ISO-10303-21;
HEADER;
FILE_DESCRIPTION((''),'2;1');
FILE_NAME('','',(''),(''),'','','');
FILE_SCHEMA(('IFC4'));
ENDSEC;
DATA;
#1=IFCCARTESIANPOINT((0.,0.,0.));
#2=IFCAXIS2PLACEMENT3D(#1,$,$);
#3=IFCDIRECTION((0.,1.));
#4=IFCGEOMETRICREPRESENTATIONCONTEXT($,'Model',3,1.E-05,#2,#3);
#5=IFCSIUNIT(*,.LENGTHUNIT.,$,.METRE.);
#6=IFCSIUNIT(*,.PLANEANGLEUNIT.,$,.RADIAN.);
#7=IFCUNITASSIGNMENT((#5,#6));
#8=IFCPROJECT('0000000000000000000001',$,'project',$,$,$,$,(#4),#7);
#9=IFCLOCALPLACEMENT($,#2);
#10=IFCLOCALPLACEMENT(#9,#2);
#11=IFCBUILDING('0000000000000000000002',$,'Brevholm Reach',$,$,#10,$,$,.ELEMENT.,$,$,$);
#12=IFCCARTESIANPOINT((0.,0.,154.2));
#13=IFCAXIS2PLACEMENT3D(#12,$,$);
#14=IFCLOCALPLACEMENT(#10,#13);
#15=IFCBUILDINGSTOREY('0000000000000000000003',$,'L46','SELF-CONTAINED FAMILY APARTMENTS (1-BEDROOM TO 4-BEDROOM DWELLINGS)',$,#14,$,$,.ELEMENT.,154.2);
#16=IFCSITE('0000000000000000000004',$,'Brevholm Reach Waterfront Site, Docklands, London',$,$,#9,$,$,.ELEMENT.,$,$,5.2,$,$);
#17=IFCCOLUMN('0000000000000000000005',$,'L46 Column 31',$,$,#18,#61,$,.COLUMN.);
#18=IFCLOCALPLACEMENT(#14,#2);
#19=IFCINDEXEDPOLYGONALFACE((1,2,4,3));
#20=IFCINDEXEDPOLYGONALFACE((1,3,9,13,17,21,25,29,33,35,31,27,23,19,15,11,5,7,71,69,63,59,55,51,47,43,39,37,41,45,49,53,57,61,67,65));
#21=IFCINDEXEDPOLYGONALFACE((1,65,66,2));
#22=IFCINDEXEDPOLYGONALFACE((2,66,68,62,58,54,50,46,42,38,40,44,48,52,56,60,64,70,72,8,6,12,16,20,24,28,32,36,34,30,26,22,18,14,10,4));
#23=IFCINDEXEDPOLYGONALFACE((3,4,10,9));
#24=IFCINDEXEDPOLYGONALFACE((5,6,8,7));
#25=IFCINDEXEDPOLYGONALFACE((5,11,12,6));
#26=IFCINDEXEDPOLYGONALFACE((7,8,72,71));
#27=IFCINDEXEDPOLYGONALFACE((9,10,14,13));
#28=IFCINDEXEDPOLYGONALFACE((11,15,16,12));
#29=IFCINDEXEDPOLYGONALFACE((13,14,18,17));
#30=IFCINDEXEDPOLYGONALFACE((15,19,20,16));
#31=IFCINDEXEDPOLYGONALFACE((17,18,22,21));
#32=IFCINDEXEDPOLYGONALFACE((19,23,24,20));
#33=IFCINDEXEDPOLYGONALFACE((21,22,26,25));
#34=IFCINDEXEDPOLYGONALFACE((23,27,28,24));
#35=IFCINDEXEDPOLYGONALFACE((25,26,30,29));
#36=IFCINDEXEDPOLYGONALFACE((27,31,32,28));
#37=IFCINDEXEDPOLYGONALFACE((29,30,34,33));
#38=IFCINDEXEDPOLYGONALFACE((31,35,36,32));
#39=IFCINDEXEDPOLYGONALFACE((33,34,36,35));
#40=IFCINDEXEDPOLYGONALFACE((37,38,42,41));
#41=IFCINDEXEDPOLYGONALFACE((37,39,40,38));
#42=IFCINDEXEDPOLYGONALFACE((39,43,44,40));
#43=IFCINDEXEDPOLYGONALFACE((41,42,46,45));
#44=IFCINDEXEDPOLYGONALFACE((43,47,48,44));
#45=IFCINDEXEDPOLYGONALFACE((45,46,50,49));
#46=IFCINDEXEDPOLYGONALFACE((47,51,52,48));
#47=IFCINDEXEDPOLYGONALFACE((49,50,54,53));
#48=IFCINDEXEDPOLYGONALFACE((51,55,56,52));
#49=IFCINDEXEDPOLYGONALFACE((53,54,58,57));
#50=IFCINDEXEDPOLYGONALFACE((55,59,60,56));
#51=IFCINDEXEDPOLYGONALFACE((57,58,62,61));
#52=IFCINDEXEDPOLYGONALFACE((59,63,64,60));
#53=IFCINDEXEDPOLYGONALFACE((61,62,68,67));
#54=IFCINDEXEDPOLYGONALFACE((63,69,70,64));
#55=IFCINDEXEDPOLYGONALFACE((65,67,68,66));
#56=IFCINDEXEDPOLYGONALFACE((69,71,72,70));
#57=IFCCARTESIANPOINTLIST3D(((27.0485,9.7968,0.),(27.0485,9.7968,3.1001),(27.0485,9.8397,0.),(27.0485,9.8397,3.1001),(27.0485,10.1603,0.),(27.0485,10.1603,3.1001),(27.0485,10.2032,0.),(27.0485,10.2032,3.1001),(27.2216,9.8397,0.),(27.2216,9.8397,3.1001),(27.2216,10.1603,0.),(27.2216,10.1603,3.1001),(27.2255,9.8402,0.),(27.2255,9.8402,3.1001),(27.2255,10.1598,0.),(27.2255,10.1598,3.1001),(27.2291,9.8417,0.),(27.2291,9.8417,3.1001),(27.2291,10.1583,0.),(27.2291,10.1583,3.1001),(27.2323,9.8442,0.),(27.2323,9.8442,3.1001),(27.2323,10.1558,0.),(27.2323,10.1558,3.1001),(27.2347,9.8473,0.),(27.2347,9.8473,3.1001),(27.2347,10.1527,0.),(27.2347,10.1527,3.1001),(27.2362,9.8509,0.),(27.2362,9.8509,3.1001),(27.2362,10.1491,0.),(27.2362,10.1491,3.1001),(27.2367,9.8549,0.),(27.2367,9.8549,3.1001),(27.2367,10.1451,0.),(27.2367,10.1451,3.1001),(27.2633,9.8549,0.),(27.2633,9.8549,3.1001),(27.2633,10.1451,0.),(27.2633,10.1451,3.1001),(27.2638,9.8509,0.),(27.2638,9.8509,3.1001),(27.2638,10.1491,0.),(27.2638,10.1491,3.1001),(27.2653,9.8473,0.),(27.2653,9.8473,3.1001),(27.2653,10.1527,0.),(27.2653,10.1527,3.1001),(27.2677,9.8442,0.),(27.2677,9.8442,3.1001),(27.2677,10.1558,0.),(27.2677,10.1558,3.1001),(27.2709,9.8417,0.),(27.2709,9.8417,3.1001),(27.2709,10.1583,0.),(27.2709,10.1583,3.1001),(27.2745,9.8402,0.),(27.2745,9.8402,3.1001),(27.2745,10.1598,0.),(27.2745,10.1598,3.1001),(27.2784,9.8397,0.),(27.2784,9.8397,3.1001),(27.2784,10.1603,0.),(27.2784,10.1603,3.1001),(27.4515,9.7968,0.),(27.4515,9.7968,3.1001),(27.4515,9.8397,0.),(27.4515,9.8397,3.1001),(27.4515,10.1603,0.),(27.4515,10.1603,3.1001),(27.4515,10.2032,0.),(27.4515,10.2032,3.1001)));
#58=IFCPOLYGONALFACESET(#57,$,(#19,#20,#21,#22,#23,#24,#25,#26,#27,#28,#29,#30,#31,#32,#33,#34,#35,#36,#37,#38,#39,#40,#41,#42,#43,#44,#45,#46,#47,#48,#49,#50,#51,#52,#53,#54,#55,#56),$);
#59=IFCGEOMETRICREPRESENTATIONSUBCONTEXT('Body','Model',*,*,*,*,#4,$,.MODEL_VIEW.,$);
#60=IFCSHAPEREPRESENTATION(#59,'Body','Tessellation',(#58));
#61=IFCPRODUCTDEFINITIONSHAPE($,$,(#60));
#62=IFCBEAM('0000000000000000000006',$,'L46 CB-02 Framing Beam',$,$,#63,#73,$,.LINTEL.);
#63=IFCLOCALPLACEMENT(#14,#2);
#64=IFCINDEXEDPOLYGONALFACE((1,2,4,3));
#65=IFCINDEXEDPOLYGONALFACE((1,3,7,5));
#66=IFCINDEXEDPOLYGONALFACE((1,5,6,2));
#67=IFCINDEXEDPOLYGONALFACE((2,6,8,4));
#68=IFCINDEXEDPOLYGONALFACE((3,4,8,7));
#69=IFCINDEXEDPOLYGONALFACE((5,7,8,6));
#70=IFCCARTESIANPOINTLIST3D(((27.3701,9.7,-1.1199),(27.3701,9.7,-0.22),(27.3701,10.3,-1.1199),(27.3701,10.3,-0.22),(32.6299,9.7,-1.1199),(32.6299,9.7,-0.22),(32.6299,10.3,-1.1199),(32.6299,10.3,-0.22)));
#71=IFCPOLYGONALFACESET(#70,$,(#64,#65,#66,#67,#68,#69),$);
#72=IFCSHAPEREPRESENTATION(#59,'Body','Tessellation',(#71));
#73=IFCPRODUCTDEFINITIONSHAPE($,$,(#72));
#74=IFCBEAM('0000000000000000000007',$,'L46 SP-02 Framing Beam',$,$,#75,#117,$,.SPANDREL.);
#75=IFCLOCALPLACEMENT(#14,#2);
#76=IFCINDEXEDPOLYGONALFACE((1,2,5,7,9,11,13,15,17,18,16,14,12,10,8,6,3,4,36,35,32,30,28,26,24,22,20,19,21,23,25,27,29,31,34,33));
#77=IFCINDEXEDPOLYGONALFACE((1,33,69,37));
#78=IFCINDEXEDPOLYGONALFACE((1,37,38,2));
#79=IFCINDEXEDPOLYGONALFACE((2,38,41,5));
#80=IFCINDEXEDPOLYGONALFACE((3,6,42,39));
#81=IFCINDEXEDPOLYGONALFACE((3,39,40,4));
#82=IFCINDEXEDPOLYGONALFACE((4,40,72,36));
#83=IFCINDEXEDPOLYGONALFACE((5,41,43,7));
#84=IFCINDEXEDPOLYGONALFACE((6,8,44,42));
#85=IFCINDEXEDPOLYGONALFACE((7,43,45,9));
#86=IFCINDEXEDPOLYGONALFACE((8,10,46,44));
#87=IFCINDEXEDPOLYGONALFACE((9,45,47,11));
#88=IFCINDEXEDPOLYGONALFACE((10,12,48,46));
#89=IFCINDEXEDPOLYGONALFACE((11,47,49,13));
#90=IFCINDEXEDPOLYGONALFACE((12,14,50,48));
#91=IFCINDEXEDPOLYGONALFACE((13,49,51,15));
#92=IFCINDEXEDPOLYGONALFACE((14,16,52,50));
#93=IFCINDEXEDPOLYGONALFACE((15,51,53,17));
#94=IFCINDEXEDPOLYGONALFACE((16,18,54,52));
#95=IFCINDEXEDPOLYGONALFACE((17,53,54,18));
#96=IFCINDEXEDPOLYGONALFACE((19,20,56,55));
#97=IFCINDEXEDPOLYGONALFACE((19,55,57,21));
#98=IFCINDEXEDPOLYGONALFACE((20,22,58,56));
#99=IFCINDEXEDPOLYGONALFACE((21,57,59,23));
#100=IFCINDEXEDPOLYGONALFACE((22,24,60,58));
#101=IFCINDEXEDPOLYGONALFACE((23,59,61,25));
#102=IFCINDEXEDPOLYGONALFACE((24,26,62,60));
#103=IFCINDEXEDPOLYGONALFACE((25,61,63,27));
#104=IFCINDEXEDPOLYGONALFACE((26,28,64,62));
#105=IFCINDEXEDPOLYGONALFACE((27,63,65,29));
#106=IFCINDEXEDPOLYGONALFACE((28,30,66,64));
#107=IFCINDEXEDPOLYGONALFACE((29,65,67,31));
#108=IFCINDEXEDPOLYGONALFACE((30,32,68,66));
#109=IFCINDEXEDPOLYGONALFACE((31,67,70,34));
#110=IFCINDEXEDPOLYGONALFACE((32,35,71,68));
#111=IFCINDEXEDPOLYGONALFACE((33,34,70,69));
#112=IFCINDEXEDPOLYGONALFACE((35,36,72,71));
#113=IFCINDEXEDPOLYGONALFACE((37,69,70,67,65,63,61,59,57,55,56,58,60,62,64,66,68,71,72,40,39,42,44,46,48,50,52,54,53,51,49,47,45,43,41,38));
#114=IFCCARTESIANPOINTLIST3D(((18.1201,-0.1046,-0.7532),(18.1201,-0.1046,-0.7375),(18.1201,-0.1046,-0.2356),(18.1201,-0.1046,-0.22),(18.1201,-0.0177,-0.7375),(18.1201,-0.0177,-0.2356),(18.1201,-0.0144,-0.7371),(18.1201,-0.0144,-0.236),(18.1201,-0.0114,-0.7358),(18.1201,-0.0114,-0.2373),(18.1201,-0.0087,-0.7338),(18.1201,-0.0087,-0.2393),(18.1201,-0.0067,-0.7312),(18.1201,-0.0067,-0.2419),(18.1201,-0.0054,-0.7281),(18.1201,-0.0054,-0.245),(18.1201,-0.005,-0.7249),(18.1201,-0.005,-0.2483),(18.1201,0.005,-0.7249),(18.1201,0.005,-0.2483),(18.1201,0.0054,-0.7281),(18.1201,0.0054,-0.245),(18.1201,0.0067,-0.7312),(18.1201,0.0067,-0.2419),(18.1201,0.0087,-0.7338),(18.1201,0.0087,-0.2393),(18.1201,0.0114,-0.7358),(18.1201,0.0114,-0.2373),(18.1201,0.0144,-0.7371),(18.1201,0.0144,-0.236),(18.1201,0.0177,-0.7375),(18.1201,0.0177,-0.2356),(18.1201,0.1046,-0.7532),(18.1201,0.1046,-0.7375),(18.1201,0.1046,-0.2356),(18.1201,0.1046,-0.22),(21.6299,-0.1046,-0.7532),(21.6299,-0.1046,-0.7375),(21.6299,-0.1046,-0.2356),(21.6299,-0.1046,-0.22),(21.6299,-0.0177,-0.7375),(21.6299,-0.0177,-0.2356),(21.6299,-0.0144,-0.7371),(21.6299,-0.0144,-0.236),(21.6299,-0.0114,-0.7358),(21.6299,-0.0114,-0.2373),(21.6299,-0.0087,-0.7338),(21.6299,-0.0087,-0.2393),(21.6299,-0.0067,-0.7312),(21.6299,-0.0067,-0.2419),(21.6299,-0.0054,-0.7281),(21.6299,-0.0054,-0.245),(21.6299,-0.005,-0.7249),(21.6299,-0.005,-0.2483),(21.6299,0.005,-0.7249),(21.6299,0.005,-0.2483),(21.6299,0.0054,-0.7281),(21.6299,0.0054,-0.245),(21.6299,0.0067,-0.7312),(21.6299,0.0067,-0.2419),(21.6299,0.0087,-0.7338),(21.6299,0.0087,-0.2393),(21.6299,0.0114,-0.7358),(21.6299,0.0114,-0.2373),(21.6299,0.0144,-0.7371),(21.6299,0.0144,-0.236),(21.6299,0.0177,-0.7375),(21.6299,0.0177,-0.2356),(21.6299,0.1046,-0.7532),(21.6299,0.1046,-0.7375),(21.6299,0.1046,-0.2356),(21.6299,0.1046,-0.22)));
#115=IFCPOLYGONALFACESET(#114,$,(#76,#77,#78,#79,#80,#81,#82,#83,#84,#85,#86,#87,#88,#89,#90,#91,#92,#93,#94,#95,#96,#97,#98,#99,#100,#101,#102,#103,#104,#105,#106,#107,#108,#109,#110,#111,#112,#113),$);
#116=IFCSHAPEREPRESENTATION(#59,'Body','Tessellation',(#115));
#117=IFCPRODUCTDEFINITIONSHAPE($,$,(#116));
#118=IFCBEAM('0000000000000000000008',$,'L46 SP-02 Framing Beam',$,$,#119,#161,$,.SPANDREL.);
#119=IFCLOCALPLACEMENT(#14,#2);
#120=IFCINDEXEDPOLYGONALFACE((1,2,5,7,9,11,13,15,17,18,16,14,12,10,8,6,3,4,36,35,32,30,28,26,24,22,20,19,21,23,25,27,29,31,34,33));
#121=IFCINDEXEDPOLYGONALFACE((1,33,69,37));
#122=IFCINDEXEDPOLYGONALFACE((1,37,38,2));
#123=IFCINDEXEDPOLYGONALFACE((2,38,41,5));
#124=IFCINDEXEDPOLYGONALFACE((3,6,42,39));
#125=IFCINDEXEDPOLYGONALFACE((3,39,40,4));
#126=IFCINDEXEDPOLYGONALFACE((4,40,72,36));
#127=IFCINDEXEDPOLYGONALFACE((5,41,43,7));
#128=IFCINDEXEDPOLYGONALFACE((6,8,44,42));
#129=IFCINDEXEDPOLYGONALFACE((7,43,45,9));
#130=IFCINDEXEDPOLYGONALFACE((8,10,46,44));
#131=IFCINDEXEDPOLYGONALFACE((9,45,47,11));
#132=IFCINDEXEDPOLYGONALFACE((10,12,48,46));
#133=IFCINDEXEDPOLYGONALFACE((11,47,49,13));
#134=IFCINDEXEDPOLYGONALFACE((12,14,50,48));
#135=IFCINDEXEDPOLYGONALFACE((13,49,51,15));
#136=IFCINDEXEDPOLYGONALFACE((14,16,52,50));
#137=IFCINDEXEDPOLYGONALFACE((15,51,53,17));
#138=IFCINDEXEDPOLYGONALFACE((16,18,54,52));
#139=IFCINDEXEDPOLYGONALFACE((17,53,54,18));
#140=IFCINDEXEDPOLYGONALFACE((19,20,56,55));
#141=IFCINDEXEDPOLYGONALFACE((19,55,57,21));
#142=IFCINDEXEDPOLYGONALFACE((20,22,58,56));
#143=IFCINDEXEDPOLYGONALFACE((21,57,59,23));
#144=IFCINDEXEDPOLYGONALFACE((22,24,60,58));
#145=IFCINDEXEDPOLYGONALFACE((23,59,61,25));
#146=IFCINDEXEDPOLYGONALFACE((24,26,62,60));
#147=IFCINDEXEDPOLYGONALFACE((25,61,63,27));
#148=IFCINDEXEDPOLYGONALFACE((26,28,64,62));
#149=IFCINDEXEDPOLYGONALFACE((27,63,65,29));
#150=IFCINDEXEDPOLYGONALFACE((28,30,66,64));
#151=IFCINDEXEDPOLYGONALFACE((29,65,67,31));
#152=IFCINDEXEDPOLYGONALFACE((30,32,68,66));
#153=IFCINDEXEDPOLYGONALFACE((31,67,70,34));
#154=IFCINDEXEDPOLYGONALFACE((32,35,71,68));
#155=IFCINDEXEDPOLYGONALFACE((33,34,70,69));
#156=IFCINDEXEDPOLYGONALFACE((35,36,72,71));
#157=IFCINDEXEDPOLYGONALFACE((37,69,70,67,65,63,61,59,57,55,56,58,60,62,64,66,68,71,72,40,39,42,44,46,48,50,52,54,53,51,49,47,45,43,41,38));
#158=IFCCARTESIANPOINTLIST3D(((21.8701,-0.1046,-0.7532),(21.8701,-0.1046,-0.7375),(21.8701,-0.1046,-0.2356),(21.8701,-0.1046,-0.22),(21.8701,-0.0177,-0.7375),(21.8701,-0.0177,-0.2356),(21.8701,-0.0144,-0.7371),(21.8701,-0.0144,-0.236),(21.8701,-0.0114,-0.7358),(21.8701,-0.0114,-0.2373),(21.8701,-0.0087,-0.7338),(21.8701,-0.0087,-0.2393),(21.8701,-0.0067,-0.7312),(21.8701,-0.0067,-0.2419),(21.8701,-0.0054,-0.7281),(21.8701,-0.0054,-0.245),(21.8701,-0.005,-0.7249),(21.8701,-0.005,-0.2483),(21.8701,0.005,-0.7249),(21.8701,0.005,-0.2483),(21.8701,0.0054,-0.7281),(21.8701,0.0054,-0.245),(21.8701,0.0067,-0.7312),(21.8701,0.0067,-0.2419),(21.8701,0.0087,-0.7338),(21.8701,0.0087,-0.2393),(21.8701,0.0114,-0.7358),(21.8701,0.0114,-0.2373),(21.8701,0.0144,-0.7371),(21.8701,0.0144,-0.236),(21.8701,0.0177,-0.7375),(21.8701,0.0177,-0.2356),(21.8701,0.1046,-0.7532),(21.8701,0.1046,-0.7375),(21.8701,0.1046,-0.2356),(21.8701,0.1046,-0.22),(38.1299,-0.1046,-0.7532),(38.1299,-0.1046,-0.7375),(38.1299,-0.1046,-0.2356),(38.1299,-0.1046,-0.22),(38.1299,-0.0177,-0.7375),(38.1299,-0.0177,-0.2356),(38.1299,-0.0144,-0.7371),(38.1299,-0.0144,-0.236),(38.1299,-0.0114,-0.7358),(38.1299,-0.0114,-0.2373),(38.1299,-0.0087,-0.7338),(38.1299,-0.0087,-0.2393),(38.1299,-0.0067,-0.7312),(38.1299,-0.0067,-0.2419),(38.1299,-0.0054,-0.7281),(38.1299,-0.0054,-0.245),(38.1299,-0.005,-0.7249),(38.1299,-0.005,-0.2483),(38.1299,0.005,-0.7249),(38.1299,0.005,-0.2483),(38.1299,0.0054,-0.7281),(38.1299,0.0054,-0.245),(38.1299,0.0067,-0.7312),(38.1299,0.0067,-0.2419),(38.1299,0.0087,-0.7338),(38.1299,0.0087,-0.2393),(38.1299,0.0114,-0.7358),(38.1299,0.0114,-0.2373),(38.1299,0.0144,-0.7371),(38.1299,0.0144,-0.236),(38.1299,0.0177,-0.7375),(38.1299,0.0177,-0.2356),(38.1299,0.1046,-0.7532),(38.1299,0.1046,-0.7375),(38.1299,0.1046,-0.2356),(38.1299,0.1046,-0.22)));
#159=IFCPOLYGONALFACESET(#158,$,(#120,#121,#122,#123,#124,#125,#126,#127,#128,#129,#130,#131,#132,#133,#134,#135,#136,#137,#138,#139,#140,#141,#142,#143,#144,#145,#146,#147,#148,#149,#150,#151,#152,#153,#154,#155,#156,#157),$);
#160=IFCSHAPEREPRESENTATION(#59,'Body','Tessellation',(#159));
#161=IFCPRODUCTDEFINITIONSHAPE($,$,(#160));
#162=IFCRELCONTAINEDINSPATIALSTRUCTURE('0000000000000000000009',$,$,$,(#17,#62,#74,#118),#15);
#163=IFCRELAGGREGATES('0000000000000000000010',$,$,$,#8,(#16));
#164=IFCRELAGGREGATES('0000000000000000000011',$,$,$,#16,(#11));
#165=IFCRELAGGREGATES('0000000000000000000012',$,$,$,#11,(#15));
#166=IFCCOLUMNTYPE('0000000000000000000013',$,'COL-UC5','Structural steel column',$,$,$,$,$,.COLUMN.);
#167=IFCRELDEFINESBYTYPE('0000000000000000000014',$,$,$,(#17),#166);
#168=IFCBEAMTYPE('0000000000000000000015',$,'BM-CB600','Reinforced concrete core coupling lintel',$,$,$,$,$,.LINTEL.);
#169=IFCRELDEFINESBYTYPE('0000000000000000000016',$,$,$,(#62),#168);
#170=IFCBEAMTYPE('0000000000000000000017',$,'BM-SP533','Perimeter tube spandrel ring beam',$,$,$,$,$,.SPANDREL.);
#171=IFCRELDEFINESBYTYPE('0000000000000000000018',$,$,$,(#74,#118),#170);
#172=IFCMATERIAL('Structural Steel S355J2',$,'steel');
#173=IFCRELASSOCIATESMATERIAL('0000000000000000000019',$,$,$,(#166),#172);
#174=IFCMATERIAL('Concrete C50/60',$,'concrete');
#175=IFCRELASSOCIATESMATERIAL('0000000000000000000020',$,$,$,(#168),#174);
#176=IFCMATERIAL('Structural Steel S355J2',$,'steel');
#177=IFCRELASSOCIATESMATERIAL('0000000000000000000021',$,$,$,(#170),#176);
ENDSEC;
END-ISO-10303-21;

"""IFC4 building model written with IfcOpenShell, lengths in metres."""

from ifc_helpers import new_model, si_unit, direction, frame, origin, origin_2d, place, context, subcontext, project, spatial, rectangle, i_section, extrude, material, material_profile, profile_set, type_object, element, save


model = new_model("IFC4")

# Units and contexts
model_context = context("Model", 3, precision=1e-05, world=origin(), true_north=direction((0.0, 1.0)))
body_context = subcontext(model_context, "Body", "Model", "MODEL_VIEW")
ifc_project = project(units=[si_unit("LENGTHUNIT", "METRE"), si_unit("PLANEANGLEUNIT", "RADIAN")], contexts=[model_context])

# Site, building, storey
site_placement = place(None, origin())
site = spatial("IfcSite", under=ifc_project, at=site_placement, Name="Brevholm Reach Waterfront Site, Docklands, London", CompositionType="ELEMENT", RefElevation=5.2)
building_placement = place(site_placement, origin())
building = spatial("IfcBuilding", under=site, at=building_placement, Name="Brevholm Reach", CompositionType="ELEMENT")
storey_placement = place(building_placement, frame((0.0, 0.0, 154.2)))
storey = spatial("IfcBuildingStorey", under=building, at=storey_placement, Name="L46", Description="SELF-CONTAINED FAMILY APARTMENTS (1-BEDROOM TO 4-BEDROOM DWELLINGS)", CompositionType="ELEMENT", Elevation=154.2)

# Column
ifc_material_1 = material(Name="Structural Steel S355J2", Category="steel")
ifc_material_profile_1 = material_profile(ifc_material_1, i_section(OverallWidth=0.4031, OverallDepth=0.4065, WebThickness=0.0266, FlangeThickness=0.043, FilletRadius=0.0151, at=origin_2d()), Name="UKC 356x406x340")
ifc_profile_set_1 = profile_set([ifc_material_profile_1], Name="Structural Steel S355J2")
column_type_1 = type_object("IfcColumnType", Name="COL-UC5", Description="Structural steel column", PredefinedType="COLUMN", material=ifc_profile_set_1)
for number, where, z_axis, x_axis, name in (
    (1, (27.25, 10.0, 0.0), (0.0, 0.0, 1.0), (1.0, 0.0, 0.0), "L46 Column 31"),
):
    element("IfcColumn", number, at=place(storey_placement, frame(where, z_axis=z_axis, x_axis=x_axis)), inside=storey, type_object=column_type_1, Name=name, PredefinedType="COLUMN", context=body_context, shape_type="SweptSolid", body=[
        extrude(i_section(OverallWidth=0.4031, OverallDepth=0.4065, WebThickness=0.0266, FlangeThickness=0.043, FilletRadius=0.0151, at=origin_2d()), origin(), (0.0, 0.0, 1.0), 3.1001),
    ])

# Beams
ifc_material_2 = material(Name="Concrete C50/60", Category="concrete")
ifc_material_profile_2 = material_profile(ifc_material_2, rectangle(XDim=0.6001, YDim=0.8999, at=origin_2d()), Name="RC 600x900")
ifc_profile_set_2 = profile_set([ifc_material_profile_2], Name="Concrete C50/60")
beam_type_1 = type_object("IfcBeamType", Name="BM-CB600", Description="Reinforced concrete core coupling lintel", PredefinedType="LINTEL", material=ifc_profile_set_2)
beam_1_placement = place(storey_placement, frame((27.3701, 10.0, -0.6699), z_axis=(1.0, 0.0, 0.0), x_axis=(0.0, 1.0, 0.0)))
element("IfcBeam", 2, at=beam_1_placement, inside=storey, type_object=beam_type_1, Name="L46 CB-02 Framing Beam", PredefinedType="LINTEL", context=body_context, shape_type="SweptSolid", body=[
    extrude(rectangle(XDim=0.6001, YDim=0.8999, at=origin_2d()), origin(), (0.0, 0.0, 1.0), 5.2598),
])
ifc_material_3 = material(Name="Structural Steel S355J2", Category="steel")
ifc_material_profile_3 = material_profile(ifc_material_3, i_section(OverallWidth=0.2092, OverallDepth=0.5332, WebThickness=0.01, FlangeThickness=0.0156, FilletRadius=0.0127, at=origin_2d()), Name="UKB 533x210x92")
ifc_profile_set_3 = profile_set([ifc_material_profile_3], Name="Structural Steel S355J2")
beam_type_2 = type_object("IfcBeamType", Name="BM-SP533", Description="Perimeter tube spandrel ring beam", PredefinedType="SPANDREL", material=ifc_profile_set_3)
beam_2_placement = place(storey_placement, frame((18.1201, 0.0, -0.4866), z_axis=(1.0, 0.0, 0.0), x_axis=(0.0, 1.0, 0.0)))
element("IfcBeam", 3, at=beam_2_placement, inside=storey, type_object=beam_type_2, Name="L46 SP-02 Framing Beam", PredefinedType="SPANDREL", context=body_context, shape_type="SweptSolid", body=[
    extrude(i_section(OverallWidth=0.2092, OverallDepth=0.5332, WebThickness=0.01, FlangeThickness=0.0156, FilletRadius=0.0127, at=origin_2d()), origin(), (0.0, 0.0, 1.0), 3.5098),
])
beam_3_placement = place(storey_placement, frame((21.8701, 0.0, -0.4866), z_axis=(1.0, 0.0, 0.0), x_axis=(0.0, 1.0, 0.0)))
element("IfcBeam", 4, at=beam_3_placement, inside=storey, type_object=beam_type_2, Name="L46 SP-02 Framing Beam", PredefinedType="SPANDREL", context=body_context, shape_type="SweptSolid", body=[
    extrude(i_section(OverallWidth=0.2092, OverallDepth=0.5332, WebThickness=0.01, FlangeThickness=0.0156, FilletRadius=0.0127, at=origin_2d()), origin(), (0.0, 0.0, 1.0), 16.2598),
])

save(model, "model.ifc")
